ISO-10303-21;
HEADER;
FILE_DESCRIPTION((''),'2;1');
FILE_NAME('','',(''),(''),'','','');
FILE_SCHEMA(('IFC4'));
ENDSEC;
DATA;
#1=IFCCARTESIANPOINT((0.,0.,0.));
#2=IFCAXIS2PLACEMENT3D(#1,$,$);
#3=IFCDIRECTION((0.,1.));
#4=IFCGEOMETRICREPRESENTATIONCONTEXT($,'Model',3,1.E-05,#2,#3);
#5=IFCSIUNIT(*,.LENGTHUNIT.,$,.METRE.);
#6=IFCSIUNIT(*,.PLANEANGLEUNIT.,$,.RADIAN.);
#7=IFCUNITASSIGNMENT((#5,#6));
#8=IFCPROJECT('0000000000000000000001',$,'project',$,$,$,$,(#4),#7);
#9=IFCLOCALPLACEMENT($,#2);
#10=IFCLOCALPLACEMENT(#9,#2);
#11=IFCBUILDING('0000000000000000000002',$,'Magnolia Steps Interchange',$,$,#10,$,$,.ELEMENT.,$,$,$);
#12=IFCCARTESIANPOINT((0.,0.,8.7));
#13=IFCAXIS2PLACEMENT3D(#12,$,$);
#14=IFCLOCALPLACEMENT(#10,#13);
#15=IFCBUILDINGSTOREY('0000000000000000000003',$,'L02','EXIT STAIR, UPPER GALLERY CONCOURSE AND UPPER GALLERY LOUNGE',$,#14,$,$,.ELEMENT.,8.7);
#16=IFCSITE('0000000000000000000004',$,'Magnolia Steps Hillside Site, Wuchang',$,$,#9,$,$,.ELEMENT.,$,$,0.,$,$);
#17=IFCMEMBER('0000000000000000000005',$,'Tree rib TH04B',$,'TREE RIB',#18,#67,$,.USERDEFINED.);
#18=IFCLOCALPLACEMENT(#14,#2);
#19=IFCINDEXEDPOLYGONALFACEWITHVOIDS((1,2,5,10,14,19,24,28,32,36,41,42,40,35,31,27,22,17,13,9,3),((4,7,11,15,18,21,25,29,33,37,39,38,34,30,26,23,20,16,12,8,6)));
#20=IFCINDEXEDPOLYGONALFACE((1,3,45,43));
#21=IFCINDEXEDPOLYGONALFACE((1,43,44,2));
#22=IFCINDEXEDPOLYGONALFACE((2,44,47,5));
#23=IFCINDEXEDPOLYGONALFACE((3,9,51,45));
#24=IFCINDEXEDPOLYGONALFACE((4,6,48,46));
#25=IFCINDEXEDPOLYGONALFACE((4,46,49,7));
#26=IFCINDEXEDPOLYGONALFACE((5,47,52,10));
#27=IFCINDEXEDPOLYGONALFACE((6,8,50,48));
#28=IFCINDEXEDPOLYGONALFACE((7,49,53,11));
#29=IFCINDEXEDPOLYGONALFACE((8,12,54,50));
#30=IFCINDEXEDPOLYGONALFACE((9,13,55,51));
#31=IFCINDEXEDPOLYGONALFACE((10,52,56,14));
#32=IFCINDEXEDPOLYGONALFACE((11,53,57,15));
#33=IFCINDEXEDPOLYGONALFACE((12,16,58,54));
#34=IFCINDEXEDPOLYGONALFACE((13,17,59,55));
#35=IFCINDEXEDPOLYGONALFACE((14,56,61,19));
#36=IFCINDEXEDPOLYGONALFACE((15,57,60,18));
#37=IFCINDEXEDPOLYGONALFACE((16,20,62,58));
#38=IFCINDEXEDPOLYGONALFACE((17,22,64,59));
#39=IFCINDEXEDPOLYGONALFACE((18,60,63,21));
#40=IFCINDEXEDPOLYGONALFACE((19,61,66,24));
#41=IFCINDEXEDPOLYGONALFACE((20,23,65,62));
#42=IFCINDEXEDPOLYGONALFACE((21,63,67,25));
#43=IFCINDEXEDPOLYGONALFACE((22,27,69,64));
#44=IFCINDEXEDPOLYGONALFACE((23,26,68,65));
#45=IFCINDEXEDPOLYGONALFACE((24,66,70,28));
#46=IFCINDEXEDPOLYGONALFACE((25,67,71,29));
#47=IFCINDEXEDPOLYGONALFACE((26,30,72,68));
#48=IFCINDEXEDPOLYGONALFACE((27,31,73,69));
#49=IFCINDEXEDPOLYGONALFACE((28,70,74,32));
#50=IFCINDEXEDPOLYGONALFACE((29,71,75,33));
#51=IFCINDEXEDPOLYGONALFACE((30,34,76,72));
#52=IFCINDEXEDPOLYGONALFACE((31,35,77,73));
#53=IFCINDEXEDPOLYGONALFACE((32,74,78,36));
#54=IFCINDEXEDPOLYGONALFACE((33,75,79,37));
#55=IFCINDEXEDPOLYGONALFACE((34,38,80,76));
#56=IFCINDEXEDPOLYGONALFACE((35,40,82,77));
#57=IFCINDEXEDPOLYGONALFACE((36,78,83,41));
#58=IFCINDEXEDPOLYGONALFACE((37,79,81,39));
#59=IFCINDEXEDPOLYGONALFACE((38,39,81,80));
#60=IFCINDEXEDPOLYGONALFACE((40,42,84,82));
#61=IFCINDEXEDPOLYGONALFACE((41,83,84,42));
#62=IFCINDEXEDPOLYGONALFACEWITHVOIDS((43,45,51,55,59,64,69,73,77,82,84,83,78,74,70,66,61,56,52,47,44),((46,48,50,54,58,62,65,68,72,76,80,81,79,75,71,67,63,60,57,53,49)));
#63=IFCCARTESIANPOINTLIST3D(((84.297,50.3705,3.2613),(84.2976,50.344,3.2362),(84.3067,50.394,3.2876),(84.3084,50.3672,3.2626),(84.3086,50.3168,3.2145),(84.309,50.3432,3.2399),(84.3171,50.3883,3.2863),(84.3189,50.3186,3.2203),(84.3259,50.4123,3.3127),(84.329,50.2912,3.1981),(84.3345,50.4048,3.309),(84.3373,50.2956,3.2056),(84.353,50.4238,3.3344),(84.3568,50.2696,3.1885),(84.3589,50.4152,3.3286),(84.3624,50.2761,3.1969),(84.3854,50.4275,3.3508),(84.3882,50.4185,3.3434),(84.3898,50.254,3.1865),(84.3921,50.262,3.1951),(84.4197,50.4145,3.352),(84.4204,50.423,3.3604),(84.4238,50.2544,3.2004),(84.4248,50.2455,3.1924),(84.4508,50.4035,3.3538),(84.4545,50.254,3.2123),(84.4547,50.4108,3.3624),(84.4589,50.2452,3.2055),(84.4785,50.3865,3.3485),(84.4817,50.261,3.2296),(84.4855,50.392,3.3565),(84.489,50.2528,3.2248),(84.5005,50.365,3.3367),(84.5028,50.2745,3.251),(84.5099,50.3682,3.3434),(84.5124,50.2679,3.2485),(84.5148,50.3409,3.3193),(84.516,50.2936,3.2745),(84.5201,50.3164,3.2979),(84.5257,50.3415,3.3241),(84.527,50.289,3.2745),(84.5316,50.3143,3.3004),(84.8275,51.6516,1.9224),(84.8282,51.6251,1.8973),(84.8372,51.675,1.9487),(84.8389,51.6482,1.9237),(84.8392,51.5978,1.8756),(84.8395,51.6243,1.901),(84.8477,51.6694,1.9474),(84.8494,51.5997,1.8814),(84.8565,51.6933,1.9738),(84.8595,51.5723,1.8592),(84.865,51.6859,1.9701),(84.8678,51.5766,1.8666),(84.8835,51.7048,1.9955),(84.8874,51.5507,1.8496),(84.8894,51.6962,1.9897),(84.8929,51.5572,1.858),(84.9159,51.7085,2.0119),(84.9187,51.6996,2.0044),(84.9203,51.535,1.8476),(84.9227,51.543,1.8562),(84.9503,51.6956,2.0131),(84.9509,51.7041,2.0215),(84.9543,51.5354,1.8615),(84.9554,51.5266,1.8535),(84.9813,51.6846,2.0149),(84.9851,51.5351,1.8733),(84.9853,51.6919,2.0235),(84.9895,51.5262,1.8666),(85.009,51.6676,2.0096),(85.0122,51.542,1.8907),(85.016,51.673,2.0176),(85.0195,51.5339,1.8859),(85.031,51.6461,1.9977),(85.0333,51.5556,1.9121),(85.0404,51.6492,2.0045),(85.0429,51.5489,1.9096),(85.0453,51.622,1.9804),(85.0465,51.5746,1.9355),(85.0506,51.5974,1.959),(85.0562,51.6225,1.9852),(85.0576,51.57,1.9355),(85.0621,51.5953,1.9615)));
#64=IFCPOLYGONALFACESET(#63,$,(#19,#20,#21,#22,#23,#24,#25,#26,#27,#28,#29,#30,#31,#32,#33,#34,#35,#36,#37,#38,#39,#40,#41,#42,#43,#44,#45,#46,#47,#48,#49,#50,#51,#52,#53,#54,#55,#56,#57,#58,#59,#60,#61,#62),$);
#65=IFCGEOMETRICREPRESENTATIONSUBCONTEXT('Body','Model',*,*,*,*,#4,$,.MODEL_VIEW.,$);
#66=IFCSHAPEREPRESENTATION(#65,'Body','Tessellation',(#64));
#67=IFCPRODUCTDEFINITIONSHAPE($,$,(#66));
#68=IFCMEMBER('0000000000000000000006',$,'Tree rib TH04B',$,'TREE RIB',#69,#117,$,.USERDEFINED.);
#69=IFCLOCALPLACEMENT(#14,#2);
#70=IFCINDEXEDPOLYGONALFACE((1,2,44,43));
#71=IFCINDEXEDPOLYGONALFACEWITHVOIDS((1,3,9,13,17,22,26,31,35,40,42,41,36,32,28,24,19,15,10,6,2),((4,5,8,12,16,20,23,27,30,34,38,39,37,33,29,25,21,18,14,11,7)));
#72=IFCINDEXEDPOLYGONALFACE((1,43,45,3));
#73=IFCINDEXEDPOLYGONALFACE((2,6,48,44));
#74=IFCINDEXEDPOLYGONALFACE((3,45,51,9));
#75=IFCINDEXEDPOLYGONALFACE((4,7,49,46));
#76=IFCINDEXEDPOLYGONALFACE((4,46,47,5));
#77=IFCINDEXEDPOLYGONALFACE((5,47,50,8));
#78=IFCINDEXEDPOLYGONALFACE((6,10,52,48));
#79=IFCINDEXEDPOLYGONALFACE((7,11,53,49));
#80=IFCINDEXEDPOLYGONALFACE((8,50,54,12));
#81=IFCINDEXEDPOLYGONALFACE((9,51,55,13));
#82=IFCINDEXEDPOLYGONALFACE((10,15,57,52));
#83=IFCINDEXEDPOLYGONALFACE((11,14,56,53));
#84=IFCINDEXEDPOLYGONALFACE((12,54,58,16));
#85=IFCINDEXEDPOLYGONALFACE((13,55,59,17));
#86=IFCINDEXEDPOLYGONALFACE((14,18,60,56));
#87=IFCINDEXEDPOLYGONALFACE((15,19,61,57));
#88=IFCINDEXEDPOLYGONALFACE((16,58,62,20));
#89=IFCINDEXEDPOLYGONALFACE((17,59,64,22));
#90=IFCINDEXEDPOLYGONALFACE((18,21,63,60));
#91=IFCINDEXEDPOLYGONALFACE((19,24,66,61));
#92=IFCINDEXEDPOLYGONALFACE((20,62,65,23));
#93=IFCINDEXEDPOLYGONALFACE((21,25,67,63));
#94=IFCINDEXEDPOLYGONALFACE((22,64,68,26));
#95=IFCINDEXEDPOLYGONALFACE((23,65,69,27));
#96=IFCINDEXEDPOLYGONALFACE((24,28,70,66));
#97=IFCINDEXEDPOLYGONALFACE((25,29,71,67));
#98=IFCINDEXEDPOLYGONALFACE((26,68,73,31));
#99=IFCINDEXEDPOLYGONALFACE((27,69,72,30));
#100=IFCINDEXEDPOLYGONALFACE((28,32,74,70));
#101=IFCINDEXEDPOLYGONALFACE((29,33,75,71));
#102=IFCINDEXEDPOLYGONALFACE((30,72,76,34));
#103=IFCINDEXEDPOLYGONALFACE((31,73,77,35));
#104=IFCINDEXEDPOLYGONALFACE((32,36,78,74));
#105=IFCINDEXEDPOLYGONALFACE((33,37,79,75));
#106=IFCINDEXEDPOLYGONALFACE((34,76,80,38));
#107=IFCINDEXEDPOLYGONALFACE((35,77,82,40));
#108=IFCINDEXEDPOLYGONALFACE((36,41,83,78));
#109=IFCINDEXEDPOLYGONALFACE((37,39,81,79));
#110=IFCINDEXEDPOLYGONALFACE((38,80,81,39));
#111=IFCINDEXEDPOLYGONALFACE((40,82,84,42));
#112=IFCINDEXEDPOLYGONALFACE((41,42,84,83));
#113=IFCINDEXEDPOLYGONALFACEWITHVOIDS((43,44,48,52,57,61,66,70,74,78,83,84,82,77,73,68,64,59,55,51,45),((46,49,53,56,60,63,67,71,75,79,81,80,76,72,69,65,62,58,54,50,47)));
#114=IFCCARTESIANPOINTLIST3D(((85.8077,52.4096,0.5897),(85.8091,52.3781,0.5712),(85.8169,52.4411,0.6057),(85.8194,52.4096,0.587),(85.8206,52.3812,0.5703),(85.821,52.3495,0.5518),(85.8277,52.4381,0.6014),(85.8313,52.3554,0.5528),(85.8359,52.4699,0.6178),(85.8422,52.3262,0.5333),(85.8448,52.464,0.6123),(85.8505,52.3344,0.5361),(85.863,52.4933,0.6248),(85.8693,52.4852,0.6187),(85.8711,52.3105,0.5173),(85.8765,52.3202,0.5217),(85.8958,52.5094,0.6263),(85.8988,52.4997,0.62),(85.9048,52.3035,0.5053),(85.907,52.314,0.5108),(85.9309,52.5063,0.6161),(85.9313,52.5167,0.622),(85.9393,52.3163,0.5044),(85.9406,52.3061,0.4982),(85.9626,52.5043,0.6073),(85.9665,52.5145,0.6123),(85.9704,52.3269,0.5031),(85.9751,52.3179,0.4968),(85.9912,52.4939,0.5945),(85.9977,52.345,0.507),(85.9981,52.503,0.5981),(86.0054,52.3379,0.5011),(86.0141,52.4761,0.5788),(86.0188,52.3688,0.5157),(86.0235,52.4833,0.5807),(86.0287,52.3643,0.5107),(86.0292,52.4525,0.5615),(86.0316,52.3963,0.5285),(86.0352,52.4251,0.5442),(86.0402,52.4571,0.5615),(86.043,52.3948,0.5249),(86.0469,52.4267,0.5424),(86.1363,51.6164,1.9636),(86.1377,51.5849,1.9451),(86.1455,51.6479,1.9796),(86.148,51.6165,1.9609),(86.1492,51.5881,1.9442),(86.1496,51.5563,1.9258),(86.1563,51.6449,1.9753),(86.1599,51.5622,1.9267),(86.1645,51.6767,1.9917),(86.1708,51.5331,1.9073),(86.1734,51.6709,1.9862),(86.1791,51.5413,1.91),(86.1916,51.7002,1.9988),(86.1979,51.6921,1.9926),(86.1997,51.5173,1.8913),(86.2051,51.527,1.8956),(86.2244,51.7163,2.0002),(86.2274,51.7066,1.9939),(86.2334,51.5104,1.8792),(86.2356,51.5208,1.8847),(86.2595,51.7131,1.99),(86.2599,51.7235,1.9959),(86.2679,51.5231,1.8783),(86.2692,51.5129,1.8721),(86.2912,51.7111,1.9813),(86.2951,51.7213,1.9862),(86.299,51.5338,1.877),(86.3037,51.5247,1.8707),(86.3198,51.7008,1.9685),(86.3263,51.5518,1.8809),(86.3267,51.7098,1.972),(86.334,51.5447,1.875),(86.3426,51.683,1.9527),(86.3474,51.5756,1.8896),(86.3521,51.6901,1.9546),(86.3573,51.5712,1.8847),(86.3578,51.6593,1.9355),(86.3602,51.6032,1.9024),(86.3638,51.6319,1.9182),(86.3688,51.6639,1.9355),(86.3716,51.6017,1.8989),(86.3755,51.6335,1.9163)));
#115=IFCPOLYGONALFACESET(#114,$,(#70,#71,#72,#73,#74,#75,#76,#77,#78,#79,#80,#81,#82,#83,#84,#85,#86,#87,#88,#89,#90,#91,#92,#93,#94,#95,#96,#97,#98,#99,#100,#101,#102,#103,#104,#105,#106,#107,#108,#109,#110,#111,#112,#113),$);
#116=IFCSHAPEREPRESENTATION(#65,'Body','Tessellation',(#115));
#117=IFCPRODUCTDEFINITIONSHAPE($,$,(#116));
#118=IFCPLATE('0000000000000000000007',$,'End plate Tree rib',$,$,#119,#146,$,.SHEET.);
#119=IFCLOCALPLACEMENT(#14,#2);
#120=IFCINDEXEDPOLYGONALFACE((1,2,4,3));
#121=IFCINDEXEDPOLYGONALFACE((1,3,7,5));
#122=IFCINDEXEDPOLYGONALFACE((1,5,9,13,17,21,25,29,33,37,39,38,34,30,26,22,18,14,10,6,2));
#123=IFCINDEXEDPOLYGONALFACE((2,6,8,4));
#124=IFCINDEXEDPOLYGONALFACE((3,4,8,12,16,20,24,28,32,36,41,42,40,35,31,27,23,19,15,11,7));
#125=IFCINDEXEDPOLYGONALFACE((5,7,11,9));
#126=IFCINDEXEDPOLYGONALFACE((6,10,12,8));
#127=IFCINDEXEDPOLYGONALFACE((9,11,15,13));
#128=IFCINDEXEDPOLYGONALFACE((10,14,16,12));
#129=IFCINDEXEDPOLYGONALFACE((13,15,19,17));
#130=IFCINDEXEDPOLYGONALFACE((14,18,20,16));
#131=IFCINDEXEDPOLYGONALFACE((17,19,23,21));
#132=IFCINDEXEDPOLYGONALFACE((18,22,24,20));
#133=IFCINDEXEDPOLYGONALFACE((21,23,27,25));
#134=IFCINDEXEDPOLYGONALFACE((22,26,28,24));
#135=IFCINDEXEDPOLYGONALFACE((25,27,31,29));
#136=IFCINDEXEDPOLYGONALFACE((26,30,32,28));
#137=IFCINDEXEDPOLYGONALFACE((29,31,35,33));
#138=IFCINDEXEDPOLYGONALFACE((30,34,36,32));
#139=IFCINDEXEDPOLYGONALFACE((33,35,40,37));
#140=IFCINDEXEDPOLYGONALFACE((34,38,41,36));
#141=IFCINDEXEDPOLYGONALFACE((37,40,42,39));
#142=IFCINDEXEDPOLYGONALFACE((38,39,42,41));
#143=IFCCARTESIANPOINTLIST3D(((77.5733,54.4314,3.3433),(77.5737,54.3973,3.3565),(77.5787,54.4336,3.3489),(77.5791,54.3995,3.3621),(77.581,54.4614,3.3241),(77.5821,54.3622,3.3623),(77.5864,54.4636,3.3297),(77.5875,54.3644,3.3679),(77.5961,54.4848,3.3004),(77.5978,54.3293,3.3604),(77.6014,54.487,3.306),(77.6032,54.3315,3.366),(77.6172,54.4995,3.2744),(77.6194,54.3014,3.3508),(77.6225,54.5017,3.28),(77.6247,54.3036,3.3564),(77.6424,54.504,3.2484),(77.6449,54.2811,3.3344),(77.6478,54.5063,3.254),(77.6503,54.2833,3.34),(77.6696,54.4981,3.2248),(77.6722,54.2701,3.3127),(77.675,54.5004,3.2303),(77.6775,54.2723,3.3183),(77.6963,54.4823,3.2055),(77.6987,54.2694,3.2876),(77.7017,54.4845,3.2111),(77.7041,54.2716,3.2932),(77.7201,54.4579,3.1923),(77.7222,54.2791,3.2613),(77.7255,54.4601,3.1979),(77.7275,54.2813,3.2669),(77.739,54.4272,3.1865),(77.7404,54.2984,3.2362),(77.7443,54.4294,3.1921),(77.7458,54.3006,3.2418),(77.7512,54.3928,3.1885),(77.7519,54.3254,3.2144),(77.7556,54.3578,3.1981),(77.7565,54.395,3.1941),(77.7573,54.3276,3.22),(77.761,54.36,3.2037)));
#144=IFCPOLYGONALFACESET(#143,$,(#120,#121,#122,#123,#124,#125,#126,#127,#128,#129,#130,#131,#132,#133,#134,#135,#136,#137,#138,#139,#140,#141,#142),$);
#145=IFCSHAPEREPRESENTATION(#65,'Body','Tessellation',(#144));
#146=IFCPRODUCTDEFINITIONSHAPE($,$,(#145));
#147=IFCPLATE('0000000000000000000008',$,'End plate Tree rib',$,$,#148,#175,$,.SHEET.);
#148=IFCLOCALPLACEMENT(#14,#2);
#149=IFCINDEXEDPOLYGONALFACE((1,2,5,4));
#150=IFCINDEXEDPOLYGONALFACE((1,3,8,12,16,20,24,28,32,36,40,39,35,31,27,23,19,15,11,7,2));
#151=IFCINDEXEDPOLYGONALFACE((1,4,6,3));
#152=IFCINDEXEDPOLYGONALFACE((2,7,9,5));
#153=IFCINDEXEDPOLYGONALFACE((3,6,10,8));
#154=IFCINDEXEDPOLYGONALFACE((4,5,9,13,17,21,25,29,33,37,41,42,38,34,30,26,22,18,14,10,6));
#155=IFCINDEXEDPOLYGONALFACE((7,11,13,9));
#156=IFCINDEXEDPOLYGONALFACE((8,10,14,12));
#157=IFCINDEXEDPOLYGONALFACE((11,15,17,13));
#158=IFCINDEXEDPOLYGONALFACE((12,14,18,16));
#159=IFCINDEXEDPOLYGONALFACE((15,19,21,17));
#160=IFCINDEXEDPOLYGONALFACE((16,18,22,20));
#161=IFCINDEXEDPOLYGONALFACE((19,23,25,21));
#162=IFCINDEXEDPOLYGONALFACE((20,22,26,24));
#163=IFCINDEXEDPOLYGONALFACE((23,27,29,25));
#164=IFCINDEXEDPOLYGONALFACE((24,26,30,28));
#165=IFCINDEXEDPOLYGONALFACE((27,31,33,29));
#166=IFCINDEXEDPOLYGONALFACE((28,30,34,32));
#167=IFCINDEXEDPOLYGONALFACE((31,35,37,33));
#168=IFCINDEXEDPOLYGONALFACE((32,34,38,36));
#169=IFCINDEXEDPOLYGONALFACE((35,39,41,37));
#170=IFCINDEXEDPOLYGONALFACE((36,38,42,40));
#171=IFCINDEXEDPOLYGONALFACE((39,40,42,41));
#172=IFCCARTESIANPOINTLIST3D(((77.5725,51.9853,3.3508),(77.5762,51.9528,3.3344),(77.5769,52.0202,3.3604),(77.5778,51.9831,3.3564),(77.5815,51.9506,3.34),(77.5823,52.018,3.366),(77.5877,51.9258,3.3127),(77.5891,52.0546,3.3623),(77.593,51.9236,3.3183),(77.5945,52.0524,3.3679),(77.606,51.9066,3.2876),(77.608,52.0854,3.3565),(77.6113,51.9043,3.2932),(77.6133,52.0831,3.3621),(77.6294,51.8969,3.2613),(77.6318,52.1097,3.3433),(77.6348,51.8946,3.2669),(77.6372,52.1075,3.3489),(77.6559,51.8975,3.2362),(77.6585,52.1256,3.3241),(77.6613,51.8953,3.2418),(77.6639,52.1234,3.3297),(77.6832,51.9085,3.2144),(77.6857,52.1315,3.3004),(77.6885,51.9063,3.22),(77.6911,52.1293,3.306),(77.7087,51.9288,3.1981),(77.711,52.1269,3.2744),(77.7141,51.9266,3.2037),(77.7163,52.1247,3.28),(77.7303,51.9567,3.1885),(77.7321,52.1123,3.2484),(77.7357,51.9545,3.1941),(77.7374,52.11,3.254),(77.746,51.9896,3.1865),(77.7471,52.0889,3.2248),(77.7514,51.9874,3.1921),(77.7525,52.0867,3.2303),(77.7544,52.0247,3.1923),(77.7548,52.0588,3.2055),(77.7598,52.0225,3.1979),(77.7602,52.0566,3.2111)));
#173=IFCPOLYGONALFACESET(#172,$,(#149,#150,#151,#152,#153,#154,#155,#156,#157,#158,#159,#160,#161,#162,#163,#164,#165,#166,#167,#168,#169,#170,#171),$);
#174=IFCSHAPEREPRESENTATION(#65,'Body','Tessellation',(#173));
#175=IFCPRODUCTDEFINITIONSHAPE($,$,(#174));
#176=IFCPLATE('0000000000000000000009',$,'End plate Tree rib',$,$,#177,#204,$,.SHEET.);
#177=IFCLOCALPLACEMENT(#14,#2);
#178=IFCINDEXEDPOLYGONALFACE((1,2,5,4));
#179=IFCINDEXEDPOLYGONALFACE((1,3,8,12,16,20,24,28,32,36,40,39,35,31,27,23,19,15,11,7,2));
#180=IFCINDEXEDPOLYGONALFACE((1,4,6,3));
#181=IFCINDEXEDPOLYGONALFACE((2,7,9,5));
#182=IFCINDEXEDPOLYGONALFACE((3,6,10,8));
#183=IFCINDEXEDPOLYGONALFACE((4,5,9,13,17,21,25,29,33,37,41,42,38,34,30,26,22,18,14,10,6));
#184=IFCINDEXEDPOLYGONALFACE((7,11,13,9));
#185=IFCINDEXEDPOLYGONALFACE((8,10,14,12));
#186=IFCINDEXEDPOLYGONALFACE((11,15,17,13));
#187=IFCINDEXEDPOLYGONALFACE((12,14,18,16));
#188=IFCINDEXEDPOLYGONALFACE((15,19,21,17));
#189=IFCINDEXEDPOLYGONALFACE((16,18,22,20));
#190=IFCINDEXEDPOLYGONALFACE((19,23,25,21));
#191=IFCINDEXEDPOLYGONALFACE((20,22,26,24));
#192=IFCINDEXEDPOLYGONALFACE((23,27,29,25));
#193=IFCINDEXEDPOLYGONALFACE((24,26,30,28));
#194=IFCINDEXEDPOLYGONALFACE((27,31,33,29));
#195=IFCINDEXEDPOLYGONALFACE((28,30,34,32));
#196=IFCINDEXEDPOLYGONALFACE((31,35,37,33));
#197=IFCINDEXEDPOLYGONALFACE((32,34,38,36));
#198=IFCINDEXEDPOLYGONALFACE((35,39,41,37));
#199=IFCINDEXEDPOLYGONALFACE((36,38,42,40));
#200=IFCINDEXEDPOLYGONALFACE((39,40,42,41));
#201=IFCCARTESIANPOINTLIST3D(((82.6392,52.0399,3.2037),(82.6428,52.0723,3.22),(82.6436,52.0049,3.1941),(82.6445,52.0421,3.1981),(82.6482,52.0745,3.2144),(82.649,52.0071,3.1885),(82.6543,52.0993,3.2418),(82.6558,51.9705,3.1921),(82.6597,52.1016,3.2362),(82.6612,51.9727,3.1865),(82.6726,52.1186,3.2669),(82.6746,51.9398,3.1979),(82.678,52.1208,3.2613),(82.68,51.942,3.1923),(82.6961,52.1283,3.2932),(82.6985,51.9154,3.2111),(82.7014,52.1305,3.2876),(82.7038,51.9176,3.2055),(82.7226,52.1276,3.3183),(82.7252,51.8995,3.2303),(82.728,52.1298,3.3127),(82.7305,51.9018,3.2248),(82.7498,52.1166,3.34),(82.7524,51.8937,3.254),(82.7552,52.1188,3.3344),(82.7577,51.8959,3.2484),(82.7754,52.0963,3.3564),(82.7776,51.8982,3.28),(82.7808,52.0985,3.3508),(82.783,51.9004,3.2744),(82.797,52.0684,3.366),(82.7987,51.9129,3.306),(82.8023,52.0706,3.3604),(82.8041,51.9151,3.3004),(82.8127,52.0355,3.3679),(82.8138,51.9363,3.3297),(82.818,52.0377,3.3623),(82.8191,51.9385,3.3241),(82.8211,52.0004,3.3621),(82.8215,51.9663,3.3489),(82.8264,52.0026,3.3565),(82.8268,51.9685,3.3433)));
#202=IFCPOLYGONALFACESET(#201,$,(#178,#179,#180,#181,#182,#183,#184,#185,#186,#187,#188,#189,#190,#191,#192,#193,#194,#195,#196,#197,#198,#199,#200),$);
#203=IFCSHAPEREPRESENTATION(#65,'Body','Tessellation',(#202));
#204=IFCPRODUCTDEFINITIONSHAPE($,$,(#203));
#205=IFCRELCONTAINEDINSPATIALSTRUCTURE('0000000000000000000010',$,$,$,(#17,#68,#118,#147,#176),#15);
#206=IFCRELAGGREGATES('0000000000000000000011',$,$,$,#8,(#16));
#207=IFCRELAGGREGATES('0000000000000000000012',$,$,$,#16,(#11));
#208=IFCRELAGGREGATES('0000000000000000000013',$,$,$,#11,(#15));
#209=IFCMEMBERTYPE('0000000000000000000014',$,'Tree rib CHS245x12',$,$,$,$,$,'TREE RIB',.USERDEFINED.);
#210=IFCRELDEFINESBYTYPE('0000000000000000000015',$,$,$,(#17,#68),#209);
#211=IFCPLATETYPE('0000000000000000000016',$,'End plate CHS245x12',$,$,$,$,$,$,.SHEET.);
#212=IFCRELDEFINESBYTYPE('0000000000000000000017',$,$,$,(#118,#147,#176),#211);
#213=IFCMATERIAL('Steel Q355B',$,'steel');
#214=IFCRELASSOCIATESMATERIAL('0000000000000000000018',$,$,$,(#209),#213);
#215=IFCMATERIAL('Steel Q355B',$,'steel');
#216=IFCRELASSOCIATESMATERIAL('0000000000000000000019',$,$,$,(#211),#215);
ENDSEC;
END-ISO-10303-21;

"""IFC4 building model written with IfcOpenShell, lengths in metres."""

from ifc_helpers import new_model, si_unit, direction, frame, origin, origin_2d, place, context, subcontext, project, spatial, circle, hollow_circle, extrude, material, material_profile, profile_set, type_object, element, save


model = new_model("IFC4")

# Units and contexts
model_context = context("Model", 3, precision=1e-05, world=origin(), true_north=direction((0.0, 1.0)))
body_context = subcontext(model_context, "Body", "Model", "MODEL_VIEW")
ifc_project = project(units=[si_unit("LENGTHUNIT", "METRE"), si_unit("PLANEANGLEUNIT", "RADIAN")], contexts=[model_context])

# Site, building, storey
site_placement = place(None, origin())
site = spatial("IfcSite", under=ifc_project, at=site_placement, Name="Magnolia Steps Hillside Site, Wuchang", CompositionType="ELEMENT", RefElevation=0.0)
building_placement = place(site_placement, origin())
building = spatial("IfcBuilding", under=site, at=building_placement, Name="Magnolia Steps Interchange", CompositionType="ELEMENT")
storey_placement = place(building_placement, frame((0.0, 0.0, 8.7)))
storey = spatial("IfcBuildingStorey", under=building, at=storey_placement, Name="L02", Description="EXIT STAIR, UPPER GALLERY CONCOURSE AND UPPER GALLERY LOUNGE", CompositionType="ELEMENT", Elevation=8.7)

# Members
ifc_material_1 = material(Name="Steel Q355B", Category="steel")
ifc_material_profile_1 = material_profile(ifc_material_1, hollow_circle(Radius=0.1226, WallThickness=0.012, at=origin_2d()), Name="CHS245x12")
ifc_profile_set_1 = profile_set([ifc_material_profile_1], Name="Steel Q355B")
member_type = type_object("IfcMemberType", Name="Tree rib CHS245x12", ElementType="TREE RIB", PredefinedType="USERDEFINED", material=ifc_profile_set_1)
member_1_placement = place(storey_placement, frame((84.9443, 51.6169, 1.9355), z_axis=(-0.275246, -0.664618, 0.694638), x_axis=(0.923903, -0.382627, 0.0)))
element("IfcMember", 1, at=member_1_placement, inside=storey, type_object=member_type, Name="Tree rib TH04B", ObjectType="TREE RIB", PredefinedType="USERDEFINED", context=body_context, shape_type="SweptSolid", body=[
    extrude(hollow_circle(Radius=0.1226, WallThickness=0.012, at=origin_2d()), origin(), (0.0, 0.0, 1.0), 1.9275),
])
member_2_placement = place(storey_placement, frame((85.927, 52.4102, 0.5615), z_axis=(0.20282, -0.489571, 0.848047), x_axis=(0.923857, 0.382737, 0.0)))
element("IfcMember", 2, at=member_2_placement, inside=storey, type_object=member_type, Name="Tree rib TH04B", ObjectType="TREE RIB", PredefinedType="USERDEFINED", context=body_context, shape_type="SweptSolid", body=[
    extrude(hollow_circle(Radius=0.1226, WallThickness=0.012, at=origin_2d()), origin(), (0.0, 0.0, 1.0), 1.6201),
])

# Plates
ifc_material_2 = material(Name="Steel Q355B", Category="steel")
ifc_material_profile_2 = material_profile(ifc_material_2, circle(Radius=0.1226, at=origin_2d()), Name="End plate CHS245x12")
ifc_profile_set_2 = profile_set([ifc_material_profile_2], Name="Steel Q355B")
plate_type = type_object("IfcPlateType", Name="End plate CHS245x12", PredefinedType="SHEET", material=ifc_profile_set_2)
for number, where, z_axis, x_axis, name in (
    (3, (77.6641, 54.3862, 3.2744), (0.664583, 0.275279, 0.694658), (-0.382683, 0.92388, 0.0), "End plate Tree rib"),
    (4, (77.6641, 52.0137, 3.2744), (0.664583, -0.275279, 0.694658), (0.382683, 0.92388, 0.0), "End plate Tree rib"),
    (5, (82.7361, 52.0137, 3.2744), (-0.664583, -0.275279, 0.694658), (0.382683, -0.92388, 0.0), "End plate Tree rib"),
):
    element("IfcPlate", number, at=place(storey_placement, frame(where, z_axis=z_axis, x_axis=x_axis)), inside=storey, type_object=plate_type, Name=name, PredefinedType="SHEET", context=body_context, shape_type="SweptSolid", body=[
        extrude(circle(Radius=0.1226, at=origin_2d()), origin(), (0.0, 0.0, 1.0), 0.0081),
    ])

save(model, "model.ifc")
